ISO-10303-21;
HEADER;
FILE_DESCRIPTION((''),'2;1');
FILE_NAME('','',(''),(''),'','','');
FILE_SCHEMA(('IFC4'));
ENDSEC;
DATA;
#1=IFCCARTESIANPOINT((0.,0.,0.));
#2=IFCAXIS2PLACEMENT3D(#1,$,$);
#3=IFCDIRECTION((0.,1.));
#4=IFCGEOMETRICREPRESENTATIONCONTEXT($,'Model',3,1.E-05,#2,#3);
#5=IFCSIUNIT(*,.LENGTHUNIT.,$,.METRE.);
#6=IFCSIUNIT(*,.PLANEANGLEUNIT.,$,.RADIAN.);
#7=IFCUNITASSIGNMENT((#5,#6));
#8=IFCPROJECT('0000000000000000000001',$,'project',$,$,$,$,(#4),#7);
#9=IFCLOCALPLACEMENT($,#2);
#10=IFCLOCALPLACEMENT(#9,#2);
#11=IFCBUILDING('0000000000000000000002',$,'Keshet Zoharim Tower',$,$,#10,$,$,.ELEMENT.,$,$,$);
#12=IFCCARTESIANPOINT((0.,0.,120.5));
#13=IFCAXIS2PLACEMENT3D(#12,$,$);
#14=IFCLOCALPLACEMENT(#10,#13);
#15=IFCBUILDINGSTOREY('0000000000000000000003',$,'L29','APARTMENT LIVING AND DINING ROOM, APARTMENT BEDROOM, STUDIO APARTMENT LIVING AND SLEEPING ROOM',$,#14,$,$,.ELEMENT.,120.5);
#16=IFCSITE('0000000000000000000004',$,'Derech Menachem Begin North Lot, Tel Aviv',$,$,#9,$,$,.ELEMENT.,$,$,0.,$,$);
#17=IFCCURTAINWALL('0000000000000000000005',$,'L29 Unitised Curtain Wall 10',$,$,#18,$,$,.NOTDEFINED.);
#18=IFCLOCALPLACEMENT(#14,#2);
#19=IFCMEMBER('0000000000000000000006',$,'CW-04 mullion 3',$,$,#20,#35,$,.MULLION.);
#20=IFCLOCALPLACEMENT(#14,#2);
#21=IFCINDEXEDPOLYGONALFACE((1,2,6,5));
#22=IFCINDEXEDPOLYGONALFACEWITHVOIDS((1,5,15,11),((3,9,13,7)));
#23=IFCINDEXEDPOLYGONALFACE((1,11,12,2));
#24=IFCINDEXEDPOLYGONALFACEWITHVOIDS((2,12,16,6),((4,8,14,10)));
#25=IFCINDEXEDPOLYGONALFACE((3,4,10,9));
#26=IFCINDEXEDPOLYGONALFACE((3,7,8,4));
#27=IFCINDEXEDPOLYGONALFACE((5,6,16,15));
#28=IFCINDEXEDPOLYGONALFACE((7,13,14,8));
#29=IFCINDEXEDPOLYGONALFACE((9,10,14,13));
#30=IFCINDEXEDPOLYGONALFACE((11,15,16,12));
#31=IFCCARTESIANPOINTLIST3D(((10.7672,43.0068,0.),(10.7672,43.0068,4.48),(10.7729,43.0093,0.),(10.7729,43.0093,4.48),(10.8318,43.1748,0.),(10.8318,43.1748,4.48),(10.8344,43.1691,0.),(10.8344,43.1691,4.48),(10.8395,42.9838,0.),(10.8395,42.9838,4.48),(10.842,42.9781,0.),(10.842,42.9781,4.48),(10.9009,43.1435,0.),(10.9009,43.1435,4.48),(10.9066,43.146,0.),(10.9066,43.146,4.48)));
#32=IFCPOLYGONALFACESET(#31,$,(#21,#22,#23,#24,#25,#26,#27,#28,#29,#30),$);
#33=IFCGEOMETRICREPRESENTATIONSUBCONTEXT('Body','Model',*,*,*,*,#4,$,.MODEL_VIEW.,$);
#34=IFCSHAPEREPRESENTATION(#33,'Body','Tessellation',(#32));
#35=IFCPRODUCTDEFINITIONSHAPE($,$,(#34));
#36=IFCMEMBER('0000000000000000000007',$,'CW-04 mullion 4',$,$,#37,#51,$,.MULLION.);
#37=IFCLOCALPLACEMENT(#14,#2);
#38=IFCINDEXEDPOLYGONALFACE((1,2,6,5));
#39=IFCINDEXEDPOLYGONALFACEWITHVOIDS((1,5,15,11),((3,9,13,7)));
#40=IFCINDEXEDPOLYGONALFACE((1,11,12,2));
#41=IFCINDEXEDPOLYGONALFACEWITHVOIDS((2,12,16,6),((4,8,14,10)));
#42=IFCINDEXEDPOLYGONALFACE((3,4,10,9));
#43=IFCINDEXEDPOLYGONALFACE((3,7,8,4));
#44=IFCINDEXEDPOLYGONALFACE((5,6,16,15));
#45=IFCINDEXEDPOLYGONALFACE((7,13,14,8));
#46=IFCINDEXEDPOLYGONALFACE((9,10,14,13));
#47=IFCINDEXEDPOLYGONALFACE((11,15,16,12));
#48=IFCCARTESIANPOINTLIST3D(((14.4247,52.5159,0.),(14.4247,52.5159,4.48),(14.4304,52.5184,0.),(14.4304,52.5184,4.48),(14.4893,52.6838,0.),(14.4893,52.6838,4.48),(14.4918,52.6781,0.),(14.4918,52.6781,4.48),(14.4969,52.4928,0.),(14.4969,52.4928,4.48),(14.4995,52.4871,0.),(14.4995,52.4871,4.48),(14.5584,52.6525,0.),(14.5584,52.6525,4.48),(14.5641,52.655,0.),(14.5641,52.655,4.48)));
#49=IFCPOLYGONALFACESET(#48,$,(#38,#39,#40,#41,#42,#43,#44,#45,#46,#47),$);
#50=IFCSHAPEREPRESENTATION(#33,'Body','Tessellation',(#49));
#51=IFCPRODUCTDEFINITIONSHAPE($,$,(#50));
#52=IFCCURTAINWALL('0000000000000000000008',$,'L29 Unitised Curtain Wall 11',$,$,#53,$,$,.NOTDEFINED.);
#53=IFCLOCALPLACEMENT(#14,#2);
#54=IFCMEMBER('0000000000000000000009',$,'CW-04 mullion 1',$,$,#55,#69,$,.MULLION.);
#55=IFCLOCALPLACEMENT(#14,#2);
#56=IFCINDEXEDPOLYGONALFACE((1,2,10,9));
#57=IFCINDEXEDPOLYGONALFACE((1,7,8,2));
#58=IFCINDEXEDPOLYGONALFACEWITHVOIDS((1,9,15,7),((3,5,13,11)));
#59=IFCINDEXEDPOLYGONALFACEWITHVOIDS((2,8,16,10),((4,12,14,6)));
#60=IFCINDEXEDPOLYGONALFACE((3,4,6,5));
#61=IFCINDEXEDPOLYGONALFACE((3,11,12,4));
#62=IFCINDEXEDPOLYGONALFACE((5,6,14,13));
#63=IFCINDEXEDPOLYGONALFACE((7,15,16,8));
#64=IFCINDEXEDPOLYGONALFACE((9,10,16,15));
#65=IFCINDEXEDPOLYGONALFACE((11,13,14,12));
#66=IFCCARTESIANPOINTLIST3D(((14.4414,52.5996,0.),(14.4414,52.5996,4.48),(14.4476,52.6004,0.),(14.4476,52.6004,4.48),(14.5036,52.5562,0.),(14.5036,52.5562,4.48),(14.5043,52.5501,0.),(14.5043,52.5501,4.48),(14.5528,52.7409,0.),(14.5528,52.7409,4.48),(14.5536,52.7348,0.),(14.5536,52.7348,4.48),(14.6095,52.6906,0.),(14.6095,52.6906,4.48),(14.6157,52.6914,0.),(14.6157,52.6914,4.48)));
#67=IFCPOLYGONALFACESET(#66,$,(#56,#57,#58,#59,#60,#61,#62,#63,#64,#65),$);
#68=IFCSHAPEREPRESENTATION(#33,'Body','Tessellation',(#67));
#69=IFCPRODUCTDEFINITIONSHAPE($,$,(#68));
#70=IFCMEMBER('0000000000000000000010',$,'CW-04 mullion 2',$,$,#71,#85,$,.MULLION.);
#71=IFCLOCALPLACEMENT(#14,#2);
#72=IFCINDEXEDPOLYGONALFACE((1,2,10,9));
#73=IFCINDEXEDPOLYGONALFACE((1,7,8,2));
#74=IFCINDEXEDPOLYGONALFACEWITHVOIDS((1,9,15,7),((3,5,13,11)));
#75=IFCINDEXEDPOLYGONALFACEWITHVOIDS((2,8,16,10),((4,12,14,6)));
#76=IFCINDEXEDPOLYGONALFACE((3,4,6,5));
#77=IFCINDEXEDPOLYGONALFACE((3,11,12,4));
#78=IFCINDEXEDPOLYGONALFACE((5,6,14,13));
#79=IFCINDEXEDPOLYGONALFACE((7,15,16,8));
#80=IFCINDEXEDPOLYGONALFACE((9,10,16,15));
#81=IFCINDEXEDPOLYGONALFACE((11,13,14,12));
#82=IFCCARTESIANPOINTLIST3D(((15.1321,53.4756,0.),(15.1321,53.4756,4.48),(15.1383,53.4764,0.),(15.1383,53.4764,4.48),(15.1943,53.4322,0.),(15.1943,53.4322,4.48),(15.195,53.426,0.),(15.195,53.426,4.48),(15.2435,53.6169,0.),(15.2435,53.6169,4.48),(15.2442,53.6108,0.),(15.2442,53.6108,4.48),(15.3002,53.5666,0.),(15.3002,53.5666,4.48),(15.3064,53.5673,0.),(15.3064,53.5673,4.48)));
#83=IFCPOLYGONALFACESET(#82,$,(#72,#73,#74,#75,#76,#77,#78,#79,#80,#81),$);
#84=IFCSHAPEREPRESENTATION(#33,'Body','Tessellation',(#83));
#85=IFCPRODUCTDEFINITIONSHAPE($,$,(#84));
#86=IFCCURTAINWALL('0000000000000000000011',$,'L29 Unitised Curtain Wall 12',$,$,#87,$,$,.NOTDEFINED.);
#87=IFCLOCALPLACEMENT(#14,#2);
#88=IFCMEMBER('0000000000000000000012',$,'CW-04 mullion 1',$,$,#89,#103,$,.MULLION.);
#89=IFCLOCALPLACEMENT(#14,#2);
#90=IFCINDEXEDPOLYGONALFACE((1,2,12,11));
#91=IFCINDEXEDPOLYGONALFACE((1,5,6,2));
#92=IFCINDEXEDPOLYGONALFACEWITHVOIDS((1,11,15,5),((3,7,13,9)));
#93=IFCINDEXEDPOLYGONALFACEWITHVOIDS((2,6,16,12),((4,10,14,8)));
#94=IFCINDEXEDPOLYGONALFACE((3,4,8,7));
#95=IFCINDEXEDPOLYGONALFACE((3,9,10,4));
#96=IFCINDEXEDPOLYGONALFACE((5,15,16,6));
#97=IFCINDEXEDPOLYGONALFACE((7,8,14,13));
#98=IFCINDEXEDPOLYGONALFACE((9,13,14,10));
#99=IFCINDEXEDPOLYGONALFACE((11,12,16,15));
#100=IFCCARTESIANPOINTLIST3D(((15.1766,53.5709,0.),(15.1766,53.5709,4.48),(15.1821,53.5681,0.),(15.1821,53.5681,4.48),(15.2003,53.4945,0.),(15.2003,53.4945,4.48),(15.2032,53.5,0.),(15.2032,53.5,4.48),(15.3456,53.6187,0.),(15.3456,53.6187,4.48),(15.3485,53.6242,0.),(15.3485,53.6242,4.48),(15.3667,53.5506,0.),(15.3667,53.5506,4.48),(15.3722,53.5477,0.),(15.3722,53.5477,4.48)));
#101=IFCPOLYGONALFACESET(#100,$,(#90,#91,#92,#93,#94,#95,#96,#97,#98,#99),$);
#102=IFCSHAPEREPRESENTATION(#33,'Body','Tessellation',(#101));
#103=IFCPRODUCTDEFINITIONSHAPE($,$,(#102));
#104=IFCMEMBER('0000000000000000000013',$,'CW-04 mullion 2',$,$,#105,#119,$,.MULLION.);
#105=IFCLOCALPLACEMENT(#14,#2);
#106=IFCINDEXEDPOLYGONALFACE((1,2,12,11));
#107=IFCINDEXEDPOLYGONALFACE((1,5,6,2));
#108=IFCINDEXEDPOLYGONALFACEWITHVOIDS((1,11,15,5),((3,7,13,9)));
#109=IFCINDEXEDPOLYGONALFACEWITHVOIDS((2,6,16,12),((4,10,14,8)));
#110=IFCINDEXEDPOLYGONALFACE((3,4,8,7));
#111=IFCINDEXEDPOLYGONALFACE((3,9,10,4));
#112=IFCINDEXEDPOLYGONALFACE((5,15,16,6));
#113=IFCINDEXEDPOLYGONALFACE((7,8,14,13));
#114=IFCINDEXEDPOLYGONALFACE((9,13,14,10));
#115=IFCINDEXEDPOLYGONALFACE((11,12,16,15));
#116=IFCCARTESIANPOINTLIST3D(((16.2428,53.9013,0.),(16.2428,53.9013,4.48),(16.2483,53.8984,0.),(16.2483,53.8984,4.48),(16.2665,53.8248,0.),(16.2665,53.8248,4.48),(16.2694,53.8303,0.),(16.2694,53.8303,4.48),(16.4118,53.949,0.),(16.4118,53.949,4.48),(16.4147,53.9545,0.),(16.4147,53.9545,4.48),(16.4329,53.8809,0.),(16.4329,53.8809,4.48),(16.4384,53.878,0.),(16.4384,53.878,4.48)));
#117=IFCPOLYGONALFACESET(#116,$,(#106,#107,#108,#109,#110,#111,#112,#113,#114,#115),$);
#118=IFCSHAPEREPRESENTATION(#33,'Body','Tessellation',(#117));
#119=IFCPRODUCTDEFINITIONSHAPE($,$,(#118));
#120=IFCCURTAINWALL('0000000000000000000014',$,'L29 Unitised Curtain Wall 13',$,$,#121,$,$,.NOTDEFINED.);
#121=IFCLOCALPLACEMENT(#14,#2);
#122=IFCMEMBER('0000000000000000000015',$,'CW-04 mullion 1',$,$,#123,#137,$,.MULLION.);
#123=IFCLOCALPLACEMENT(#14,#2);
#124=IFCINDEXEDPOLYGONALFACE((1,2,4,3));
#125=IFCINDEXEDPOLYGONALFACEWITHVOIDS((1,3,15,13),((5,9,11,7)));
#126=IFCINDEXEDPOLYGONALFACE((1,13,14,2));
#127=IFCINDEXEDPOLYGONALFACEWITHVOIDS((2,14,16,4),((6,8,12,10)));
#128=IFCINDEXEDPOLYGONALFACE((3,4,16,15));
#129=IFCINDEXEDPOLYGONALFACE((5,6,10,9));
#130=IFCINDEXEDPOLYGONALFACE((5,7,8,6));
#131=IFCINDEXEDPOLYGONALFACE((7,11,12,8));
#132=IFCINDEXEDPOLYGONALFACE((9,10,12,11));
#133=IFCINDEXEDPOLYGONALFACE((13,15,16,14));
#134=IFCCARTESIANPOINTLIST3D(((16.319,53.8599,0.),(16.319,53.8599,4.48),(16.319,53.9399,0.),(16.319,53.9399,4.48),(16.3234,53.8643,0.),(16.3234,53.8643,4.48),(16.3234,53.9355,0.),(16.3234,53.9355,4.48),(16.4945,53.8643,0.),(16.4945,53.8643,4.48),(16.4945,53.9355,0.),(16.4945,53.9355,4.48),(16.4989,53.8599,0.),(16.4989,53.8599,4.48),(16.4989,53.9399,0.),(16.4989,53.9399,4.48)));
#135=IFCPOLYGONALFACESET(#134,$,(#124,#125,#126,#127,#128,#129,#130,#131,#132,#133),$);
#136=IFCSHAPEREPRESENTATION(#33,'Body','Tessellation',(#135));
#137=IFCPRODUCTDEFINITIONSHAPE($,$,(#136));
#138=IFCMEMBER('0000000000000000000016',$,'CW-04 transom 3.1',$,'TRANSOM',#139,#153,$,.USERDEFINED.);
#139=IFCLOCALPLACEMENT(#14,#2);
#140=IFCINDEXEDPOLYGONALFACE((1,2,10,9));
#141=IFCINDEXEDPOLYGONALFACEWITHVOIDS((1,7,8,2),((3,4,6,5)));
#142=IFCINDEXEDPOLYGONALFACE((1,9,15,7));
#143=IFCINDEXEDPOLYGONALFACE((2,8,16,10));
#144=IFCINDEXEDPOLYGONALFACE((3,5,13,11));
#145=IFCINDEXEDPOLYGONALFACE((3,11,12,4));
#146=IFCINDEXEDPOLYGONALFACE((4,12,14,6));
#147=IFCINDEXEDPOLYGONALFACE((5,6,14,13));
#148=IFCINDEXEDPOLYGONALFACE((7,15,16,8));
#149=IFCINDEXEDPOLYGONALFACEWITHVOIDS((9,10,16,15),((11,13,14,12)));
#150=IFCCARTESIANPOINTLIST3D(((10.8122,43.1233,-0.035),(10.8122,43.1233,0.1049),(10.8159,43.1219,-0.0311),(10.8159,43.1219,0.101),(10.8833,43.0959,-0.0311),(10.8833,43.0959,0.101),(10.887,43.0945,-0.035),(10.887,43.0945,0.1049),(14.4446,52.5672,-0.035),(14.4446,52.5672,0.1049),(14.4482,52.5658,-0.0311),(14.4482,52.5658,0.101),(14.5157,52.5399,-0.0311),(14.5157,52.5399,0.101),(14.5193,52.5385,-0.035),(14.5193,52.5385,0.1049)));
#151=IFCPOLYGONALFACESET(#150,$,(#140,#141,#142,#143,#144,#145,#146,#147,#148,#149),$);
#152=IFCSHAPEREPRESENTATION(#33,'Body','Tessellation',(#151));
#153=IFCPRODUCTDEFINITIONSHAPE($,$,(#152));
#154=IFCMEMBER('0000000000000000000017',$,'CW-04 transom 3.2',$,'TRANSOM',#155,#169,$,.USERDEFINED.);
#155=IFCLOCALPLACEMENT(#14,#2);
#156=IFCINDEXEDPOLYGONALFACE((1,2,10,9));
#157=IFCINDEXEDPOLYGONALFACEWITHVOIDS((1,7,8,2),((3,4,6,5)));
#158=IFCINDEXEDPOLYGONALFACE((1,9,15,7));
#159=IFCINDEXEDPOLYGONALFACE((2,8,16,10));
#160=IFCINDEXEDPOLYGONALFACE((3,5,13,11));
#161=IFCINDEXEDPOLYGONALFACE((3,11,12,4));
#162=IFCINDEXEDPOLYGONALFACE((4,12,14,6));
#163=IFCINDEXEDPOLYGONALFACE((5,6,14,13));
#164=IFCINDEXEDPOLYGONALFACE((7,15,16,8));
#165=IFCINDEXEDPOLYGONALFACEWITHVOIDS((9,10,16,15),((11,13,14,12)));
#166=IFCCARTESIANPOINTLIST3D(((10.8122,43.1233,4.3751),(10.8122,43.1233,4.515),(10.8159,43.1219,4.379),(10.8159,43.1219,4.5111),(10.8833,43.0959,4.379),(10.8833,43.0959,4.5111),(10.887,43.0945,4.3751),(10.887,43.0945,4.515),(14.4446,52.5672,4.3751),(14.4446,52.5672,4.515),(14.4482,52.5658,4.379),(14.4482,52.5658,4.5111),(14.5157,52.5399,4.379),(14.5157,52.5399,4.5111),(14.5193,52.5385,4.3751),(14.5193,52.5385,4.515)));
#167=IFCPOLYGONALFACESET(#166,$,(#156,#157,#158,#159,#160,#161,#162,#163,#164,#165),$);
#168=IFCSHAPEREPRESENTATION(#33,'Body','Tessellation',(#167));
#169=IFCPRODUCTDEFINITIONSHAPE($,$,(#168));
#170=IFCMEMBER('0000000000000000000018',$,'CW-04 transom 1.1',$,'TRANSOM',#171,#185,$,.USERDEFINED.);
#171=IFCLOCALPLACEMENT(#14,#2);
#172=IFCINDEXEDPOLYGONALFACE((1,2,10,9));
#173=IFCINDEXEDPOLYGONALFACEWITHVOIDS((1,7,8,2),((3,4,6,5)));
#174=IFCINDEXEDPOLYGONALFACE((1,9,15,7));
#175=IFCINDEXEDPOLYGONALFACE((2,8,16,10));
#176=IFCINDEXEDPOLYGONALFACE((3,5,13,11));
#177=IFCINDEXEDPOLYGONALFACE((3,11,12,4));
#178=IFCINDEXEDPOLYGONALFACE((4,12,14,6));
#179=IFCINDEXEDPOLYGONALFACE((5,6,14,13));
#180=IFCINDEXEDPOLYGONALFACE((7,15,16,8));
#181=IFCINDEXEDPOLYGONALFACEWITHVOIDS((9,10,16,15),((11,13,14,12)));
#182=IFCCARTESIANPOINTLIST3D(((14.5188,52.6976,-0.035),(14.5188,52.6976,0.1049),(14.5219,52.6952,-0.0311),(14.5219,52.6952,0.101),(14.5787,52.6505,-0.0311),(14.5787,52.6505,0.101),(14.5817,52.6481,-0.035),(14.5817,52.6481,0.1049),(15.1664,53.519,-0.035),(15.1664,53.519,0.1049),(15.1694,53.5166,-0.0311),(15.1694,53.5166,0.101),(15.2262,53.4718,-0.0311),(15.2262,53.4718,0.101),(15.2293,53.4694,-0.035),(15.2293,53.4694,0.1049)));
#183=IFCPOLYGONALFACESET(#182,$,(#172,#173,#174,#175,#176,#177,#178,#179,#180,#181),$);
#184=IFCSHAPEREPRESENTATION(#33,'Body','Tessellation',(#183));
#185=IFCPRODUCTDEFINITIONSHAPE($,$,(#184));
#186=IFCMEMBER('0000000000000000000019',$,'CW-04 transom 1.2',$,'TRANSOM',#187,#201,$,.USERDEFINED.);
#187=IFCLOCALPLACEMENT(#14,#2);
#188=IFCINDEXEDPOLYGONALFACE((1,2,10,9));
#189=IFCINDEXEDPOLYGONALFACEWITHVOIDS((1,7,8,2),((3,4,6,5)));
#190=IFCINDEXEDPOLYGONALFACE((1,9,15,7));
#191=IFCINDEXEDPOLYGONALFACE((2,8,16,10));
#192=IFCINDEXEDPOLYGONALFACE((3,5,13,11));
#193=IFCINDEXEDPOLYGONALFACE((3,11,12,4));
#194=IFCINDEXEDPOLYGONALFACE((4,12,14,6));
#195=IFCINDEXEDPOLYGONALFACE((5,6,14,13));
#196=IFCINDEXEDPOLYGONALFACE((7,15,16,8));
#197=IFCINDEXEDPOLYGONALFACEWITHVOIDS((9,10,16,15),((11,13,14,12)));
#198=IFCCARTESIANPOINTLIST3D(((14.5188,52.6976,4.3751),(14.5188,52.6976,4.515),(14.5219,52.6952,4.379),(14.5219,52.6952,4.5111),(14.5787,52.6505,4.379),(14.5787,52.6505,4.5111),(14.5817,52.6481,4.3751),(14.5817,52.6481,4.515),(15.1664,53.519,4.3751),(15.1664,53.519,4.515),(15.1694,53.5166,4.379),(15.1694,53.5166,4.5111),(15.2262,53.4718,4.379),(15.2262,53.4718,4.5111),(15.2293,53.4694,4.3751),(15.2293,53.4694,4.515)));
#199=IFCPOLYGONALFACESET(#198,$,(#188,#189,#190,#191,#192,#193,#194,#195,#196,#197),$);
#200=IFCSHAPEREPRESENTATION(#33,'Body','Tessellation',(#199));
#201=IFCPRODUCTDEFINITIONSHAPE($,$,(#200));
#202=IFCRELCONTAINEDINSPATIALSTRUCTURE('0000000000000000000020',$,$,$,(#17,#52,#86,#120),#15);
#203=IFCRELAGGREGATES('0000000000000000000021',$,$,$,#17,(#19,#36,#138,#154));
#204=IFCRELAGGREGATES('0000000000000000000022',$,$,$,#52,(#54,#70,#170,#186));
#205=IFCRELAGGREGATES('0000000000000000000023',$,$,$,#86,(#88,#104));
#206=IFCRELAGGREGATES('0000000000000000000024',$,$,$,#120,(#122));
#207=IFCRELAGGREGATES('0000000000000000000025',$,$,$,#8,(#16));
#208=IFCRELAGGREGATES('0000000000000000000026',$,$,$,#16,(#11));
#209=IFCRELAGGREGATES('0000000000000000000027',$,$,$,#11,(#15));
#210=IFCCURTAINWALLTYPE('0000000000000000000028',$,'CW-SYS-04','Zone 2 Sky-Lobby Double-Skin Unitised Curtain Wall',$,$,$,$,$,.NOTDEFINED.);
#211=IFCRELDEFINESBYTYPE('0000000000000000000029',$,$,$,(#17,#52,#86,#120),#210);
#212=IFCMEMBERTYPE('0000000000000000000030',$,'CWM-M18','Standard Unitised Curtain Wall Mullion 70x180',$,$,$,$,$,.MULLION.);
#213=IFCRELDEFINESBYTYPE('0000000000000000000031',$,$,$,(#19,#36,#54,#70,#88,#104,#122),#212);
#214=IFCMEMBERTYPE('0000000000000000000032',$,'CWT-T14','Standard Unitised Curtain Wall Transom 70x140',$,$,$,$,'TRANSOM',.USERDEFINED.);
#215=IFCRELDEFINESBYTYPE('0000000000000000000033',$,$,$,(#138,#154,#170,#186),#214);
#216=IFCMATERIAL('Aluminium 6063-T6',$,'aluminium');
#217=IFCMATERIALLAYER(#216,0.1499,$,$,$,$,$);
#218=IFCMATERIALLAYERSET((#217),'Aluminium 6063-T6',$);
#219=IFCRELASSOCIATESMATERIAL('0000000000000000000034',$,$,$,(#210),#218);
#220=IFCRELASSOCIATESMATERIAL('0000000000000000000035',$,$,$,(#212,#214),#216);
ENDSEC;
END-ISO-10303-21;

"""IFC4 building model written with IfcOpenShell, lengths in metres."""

from ifc_helpers import new_model, si_unit, direction, frame, origin, origin_2d, place, context, subcontext, project, spatial, hollow_rectangle, extrude, material, layer, layer_set, material_profile, profile_set, type_object, element, aggregate, save


model = new_model("IFC4")

# Units and contexts
model_context = context("Model", 3, precision=1e-05, world=origin(), true_north=direction((0.0, 1.0)))
body_context = subcontext(model_context, "Body", "Model", "MODEL_VIEW")
ifc_project = project(units=[si_unit("LENGTHUNIT", "METRE"), si_unit("PLANEANGLEUNIT", "RADIAN")], contexts=[model_context])

# Site, building, storey
site_placement = place(None, origin())
site = spatial("IfcSite", under=ifc_project, at=site_placement, Name="Derech Menachem Begin North Lot, Tel Aviv", CompositionType="ELEMENT", RefElevation=0.0)
building_placement = place(site_placement, origin())
building = spatial("IfcBuilding", under=site, at=building_placement, Name="Keshet Zoharim Tower", CompositionType="ELEMENT")
storey_placement = place(building_placement, frame((0.0, 0.0, 120.5)))
storey = spatial("IfcBuildingStorey", under=building, at=storey_placement, Name="L29", Description="APARTMENT LIVING AND DINING ROOM, APARTMENT BEDROOM, STUDIO APARTMENT LIVING AND SLEEPING ROOM", CompositionType="ELEMENT", Elevation=120.5)

# Curtain walls, members
ifc_material_1 = material(Name="Aluminium 6063-T6", Category="aluminium")
ifc_layer_1 = layer(ifc_material_1, 0.1499)
ifc_layer_set_1 = layer_set([ifc_layer_1], Name="Aluminium 6063-T6")
curtain_wall_type = type_object("IfcCurtainWallType", Name="CW-SYS-04", Description="Zone 2 Sky-Lobby Double-Skin Unitised Curtain Wall", PredefinedType="NOTDEFINED", material=ifc_layer_set_1)
curtain_wall_1_placement = place(storey_placement, origin())
curtain_wall_1 = element("IfcCurtainWall", 1, at=curtain_wall_1_placement, inside=storey, type_object=curtain_wall_type, Name="L29 Unitised Curtain Wall 10", PredefinedType="NOTDEFINED")
ifc_material_profile_1 = material_profile(ifc_material_1, hollow_rectangle(XDim=0.0801, YDim=0.1799, WallThickness=0.0044, at=origin_2d()), Name="MUL-80x180")
ifc_profile_set_1 = profile_set([ifc_material_profile_1], Name="Aluminium 6063-T6")
member_type_1 = type_object("IfcMemberType", Name="CWM-M18", Description="Standard Unitised Curtain Wall Mullion 70x180", PredefinedType="MULLION", material=ifc_profile_set_1)
member_1_placement = place(storey_placement, frame((10.8369, 43.0764, 0.0), z_axis=(0.0, 0.0, 1.0), x_axis=(-0.933341, 0.35899, 0.0)))
member_1 = element("IfcMember", 2, at=member_1_placement, type_object=member_type_1, Name="CW-04 mullion 3", PredefinedType="MULLION", context=body_context, shape_type="SweptSolid", body=[
    extrude(hollow_rectangle(XDim=0.0801, YDim=0.1799, WallThickness=0.0044, at=origin_2d()), origin(), (0.0, 0.0, 1.0), 4.48),
])
member_2_placement = place(storey_placement, frame((14.4944, 52.5854, 0.0), z_axis=(0.0, 0.0, 1.0), x_axis=(-0.933341, 0.35899, 0.0)))
member_2 = element("IfcMember", 3, at=member_2_placement, type_object=member_type_1, Name="CW-04 mullion 4", PredefinedType="MULLION", context=body_context, shape_type="SweptSolid", body=[
    extrude(hollow_rectangle(XDim=0.0801, YDim=0.1799, WallThickness=0.0044, at=origin_2d()), origin(), (0.0, 0.0, 1.0), 4.48),
])
curtain_wall_2_placement = place(storey_placement, origin())
curtain_wall_2 = element("IfcCurtainWall", 4, at=curtain_wall_2_placement, inside=storey, type_object=curtain_wall_type, Name="L29 Unitised Curtain Wall 11", PredefinedType="NOTDEFINED")
member_3_placement = place(storey_placement, frame((14.5286, 52.6455, 0.0), z_axis=(0.0, 0.0, 1.0), x_axis=(-0.785293, 0.619125, 0.0)))
member_3 = element("IfcMember", 5, at=member_3_placement, type_object=member_type_1, Name="CW-04 mullion 1", PredefinedType="MULLION", context=body_context, shape_type="SweptSolid", body=[
    extrude(hollow_rectangle(XDim=0.0801, YDim=0.1799, WallThickness=0.0044, at=origin_2d()), origin(), (0.0, 0.0, 1.0), 4.48),
])
member_4_placement = place(storey_placement, frame((15.2192, 53.5215, 0.0), z_axis=(0.0, 0.0, 1.0), x_axis=(-0.785293, 0.619125, 0.0)))
member_4 = element("IfcMember", 6, at=member_4_placement, type_object=member_type_1, Name="CW-04 mullion 2", PredefinedType="MULLION", context=body_context, shape_type="SweptSolid", body=[
    extrude(hollow_rectangle(XDim=0.0801, YDim=0.1799, WallThickness=0.0044, at=origin_2d()), origin(), (0.0, 0.0, 1.0), 4.48),
])
curtain_wall_3_placement = place(storey_placement, origin())
curtain_wall_3 = element("IfcCurtainWall", 7, at=curtain_wall_3_placement, inside=storey, type_object=curtain_wall_type, Name="L29 Unitised Curtain Wall 12", PredefinedType="NOTDEFINED")
member_5_placement = place(storey_placement, frame((15.2744, 53.5593, 0.0), z_axis=(0.0, 0.0, 1.0), x_axis=(-0.295922, 0.955212, 0.0)))
member_5 = element("IfcMember", 8, at=member_5_placement, type_object=member_type_1, Name="CW-04 mullion 1", PredefinedType="MULLION", context=body_context, shape_type="SweptSolid", body=[
    extrude(hollow_rectangle(XDim=0.0801, YDim=0.1799, WallThickness=0.0044, at=origin_2d()), origin(), (0.0, 0.0, 1.0), 4.48),
])
member_6_placement = place(storey_placement, frame((16.3406, 53.8896, 0.0), z_axis=(0.0, 0.0, 1.0), x_axis=(-0.295922, 0.955212, 0.0)))
member_6 = element("IfcMember", 9, at=member_6_placement, type_object=member_type_1, Name="CW-04 mullion 2", PredefinedType="MULLION", context=body_context, shape_type="SweptSolid", body=[
    extrude(hollow_rectangle(XDim=0.0801, YDim=0.1799, WallThickness=0.0044, at=origin_2d()), origin(), (0.0, 0.0, 1.0), 4.48),
])

# Curtain wall, member
curtain_wall_4_placement = place(storey_placement, origin())
curtain_wall_4 = element("IfcCurtainWall", 10, at=curtain_wall_4_placement, inside=storey, type_object=curtain_wall_type, Name="L29 Unitised Curtain Wall 13", PredefinedType="NOTDEFINED")
member_7_placement = place(storey_placement, frame((16.4089, 53.8999, 0.0), z_axis=(0.0, 0.0, 1.0), x_axis=(0.0, 1.0, 0.0)))
member_7 = element("IfcMember", 11, at=member_7_placement, type_object=member_type_1, Name="CW-04 mullion 1", PredefinedType="MULLION", context=body_context, shape_type="SweptSolid", body=[
    extrude(hollow_rectangle(XDim=0.0801, YDim=0.1799, WallThickness=0.0044, at=origin_2d()), origin(), (0.0, 0.0, 1.0), 4.48),
])

# Members
ifc_material_profile_2 = material_profile(ifc_material_1, hollow_rectangle(XDim=0.0801, YDim=0.1399, WallThickness=0.0039, at=origin_2d()), Name="TRN-80x140")
ifc_profile_set_2 = profile_set([ifc_material_profile_2], Name="Aluminium 6063-T6")
member_type_2 = type_object("IfcMemberType", Name="CWT-T14", Description="Standard Unitised Curtain Wall Transom 70x140", ElementType="TRANSOM", PredefinedType="USERDEFINED", material=ifc_profile_set_2)
member_8_placement = place(storey_placement, frame((10.8496, 43.1089, 0.0349), z_axis=(0.358986, 0.933343, 0.0), x_axis=(-0.933343, 0.358986, 0.0)))
member_8 = element("IfcMember", 12, at=member_8_placement, type_object=member_type_2, Name="CW-04 transom 3.1", ObjectType="TRANSOM", PredefinedType="USERDEFINED", context=body_context, shape_type="SweptSolid", body=[
    extrude(hollow_rectangle(XDim=0.0801, YDim=0.1399, WallThickness=0.0039, at=origin_2d()), origin(), (0.0, 0.0, 1.0), 10.1184),
])
member_9_placement = place(storey_placement, frame((10.8496, 43.1089, 4.4451), z_axis=(0.358986, 0.933343, 0.0), x_axis=(-0.933343, 0.358986, 0.0)))
member_9 = element("IfcMember", 13, at=member_9_placement, type_object=member_type_2, Name="CW-04 transom 3.2", ObjectType="TRANSOM", PredefinedType="USERDEFINED", context=body_context, shape_type="SweptSolid", body=[
    extrude(hollow_rectangle(XDim=0.0801, YDim=0.1399, WallThickness=0.0039, at=origin_2d()), origin(), (0.0, 0.0, 1.0), 10.1184),
])
member_10_placement = place(storey_placement, frame((14.5503, 52.6729, 0.0349), z_axis=(0.619099, 0.785313, 0.0), x_axis=(-0.785313, 0.619099, 0.0)))
member_10 = element("IfcMember", 14, at=member_10_placement, type_object=member_type_2, Name="CW-04 transom 1.1", ObjectType="TRANSOM", PredefinedType="USERDEFINED", context=body_context, shape_type="SweptSolid", body=[
    extrude(hollow_rectangle(XDim=0.0801, YDim=0.1399, WallThickness=0.0039, at=origin_2d()), origin(), (0.0, 0.0, 1.0), 1.0459),
])
member_11_placement = place(storey_placement, frame((14.5503, 52.6729, 4.4451), z_axis=(0.619099, 0.785313, 0.0), x_axis=(-0.785313, 0.619099, 0.0)))
member_11 = element("IfcMember", 15, at=member_11_placement, type_object=member_type_2, Name="CW-04 transom 1.2", ObjectType="TRANSOM", PredefinedType="USERDEFINED", context=body_context, shape_type="SweptSolid", body=[
    extrude(hollow_rectangle(XDim=0.0801, YDim=0.1399, WallThickness=0.0039, at=origin_2d()), origin(), (0.0, 0.0, 1.0), 1.0459),
])

aggregate(curtain_wall_1, [member_1, member_2, member_8, member_9])
aggregate(curtain_wall_2, [member_3, member_4, member_10, member_11])
aggregate(curtain_wall_3, [member_5, member_6])
aggregate(curtain_wall_4, [member_7])

save(model, "model.ifc")
